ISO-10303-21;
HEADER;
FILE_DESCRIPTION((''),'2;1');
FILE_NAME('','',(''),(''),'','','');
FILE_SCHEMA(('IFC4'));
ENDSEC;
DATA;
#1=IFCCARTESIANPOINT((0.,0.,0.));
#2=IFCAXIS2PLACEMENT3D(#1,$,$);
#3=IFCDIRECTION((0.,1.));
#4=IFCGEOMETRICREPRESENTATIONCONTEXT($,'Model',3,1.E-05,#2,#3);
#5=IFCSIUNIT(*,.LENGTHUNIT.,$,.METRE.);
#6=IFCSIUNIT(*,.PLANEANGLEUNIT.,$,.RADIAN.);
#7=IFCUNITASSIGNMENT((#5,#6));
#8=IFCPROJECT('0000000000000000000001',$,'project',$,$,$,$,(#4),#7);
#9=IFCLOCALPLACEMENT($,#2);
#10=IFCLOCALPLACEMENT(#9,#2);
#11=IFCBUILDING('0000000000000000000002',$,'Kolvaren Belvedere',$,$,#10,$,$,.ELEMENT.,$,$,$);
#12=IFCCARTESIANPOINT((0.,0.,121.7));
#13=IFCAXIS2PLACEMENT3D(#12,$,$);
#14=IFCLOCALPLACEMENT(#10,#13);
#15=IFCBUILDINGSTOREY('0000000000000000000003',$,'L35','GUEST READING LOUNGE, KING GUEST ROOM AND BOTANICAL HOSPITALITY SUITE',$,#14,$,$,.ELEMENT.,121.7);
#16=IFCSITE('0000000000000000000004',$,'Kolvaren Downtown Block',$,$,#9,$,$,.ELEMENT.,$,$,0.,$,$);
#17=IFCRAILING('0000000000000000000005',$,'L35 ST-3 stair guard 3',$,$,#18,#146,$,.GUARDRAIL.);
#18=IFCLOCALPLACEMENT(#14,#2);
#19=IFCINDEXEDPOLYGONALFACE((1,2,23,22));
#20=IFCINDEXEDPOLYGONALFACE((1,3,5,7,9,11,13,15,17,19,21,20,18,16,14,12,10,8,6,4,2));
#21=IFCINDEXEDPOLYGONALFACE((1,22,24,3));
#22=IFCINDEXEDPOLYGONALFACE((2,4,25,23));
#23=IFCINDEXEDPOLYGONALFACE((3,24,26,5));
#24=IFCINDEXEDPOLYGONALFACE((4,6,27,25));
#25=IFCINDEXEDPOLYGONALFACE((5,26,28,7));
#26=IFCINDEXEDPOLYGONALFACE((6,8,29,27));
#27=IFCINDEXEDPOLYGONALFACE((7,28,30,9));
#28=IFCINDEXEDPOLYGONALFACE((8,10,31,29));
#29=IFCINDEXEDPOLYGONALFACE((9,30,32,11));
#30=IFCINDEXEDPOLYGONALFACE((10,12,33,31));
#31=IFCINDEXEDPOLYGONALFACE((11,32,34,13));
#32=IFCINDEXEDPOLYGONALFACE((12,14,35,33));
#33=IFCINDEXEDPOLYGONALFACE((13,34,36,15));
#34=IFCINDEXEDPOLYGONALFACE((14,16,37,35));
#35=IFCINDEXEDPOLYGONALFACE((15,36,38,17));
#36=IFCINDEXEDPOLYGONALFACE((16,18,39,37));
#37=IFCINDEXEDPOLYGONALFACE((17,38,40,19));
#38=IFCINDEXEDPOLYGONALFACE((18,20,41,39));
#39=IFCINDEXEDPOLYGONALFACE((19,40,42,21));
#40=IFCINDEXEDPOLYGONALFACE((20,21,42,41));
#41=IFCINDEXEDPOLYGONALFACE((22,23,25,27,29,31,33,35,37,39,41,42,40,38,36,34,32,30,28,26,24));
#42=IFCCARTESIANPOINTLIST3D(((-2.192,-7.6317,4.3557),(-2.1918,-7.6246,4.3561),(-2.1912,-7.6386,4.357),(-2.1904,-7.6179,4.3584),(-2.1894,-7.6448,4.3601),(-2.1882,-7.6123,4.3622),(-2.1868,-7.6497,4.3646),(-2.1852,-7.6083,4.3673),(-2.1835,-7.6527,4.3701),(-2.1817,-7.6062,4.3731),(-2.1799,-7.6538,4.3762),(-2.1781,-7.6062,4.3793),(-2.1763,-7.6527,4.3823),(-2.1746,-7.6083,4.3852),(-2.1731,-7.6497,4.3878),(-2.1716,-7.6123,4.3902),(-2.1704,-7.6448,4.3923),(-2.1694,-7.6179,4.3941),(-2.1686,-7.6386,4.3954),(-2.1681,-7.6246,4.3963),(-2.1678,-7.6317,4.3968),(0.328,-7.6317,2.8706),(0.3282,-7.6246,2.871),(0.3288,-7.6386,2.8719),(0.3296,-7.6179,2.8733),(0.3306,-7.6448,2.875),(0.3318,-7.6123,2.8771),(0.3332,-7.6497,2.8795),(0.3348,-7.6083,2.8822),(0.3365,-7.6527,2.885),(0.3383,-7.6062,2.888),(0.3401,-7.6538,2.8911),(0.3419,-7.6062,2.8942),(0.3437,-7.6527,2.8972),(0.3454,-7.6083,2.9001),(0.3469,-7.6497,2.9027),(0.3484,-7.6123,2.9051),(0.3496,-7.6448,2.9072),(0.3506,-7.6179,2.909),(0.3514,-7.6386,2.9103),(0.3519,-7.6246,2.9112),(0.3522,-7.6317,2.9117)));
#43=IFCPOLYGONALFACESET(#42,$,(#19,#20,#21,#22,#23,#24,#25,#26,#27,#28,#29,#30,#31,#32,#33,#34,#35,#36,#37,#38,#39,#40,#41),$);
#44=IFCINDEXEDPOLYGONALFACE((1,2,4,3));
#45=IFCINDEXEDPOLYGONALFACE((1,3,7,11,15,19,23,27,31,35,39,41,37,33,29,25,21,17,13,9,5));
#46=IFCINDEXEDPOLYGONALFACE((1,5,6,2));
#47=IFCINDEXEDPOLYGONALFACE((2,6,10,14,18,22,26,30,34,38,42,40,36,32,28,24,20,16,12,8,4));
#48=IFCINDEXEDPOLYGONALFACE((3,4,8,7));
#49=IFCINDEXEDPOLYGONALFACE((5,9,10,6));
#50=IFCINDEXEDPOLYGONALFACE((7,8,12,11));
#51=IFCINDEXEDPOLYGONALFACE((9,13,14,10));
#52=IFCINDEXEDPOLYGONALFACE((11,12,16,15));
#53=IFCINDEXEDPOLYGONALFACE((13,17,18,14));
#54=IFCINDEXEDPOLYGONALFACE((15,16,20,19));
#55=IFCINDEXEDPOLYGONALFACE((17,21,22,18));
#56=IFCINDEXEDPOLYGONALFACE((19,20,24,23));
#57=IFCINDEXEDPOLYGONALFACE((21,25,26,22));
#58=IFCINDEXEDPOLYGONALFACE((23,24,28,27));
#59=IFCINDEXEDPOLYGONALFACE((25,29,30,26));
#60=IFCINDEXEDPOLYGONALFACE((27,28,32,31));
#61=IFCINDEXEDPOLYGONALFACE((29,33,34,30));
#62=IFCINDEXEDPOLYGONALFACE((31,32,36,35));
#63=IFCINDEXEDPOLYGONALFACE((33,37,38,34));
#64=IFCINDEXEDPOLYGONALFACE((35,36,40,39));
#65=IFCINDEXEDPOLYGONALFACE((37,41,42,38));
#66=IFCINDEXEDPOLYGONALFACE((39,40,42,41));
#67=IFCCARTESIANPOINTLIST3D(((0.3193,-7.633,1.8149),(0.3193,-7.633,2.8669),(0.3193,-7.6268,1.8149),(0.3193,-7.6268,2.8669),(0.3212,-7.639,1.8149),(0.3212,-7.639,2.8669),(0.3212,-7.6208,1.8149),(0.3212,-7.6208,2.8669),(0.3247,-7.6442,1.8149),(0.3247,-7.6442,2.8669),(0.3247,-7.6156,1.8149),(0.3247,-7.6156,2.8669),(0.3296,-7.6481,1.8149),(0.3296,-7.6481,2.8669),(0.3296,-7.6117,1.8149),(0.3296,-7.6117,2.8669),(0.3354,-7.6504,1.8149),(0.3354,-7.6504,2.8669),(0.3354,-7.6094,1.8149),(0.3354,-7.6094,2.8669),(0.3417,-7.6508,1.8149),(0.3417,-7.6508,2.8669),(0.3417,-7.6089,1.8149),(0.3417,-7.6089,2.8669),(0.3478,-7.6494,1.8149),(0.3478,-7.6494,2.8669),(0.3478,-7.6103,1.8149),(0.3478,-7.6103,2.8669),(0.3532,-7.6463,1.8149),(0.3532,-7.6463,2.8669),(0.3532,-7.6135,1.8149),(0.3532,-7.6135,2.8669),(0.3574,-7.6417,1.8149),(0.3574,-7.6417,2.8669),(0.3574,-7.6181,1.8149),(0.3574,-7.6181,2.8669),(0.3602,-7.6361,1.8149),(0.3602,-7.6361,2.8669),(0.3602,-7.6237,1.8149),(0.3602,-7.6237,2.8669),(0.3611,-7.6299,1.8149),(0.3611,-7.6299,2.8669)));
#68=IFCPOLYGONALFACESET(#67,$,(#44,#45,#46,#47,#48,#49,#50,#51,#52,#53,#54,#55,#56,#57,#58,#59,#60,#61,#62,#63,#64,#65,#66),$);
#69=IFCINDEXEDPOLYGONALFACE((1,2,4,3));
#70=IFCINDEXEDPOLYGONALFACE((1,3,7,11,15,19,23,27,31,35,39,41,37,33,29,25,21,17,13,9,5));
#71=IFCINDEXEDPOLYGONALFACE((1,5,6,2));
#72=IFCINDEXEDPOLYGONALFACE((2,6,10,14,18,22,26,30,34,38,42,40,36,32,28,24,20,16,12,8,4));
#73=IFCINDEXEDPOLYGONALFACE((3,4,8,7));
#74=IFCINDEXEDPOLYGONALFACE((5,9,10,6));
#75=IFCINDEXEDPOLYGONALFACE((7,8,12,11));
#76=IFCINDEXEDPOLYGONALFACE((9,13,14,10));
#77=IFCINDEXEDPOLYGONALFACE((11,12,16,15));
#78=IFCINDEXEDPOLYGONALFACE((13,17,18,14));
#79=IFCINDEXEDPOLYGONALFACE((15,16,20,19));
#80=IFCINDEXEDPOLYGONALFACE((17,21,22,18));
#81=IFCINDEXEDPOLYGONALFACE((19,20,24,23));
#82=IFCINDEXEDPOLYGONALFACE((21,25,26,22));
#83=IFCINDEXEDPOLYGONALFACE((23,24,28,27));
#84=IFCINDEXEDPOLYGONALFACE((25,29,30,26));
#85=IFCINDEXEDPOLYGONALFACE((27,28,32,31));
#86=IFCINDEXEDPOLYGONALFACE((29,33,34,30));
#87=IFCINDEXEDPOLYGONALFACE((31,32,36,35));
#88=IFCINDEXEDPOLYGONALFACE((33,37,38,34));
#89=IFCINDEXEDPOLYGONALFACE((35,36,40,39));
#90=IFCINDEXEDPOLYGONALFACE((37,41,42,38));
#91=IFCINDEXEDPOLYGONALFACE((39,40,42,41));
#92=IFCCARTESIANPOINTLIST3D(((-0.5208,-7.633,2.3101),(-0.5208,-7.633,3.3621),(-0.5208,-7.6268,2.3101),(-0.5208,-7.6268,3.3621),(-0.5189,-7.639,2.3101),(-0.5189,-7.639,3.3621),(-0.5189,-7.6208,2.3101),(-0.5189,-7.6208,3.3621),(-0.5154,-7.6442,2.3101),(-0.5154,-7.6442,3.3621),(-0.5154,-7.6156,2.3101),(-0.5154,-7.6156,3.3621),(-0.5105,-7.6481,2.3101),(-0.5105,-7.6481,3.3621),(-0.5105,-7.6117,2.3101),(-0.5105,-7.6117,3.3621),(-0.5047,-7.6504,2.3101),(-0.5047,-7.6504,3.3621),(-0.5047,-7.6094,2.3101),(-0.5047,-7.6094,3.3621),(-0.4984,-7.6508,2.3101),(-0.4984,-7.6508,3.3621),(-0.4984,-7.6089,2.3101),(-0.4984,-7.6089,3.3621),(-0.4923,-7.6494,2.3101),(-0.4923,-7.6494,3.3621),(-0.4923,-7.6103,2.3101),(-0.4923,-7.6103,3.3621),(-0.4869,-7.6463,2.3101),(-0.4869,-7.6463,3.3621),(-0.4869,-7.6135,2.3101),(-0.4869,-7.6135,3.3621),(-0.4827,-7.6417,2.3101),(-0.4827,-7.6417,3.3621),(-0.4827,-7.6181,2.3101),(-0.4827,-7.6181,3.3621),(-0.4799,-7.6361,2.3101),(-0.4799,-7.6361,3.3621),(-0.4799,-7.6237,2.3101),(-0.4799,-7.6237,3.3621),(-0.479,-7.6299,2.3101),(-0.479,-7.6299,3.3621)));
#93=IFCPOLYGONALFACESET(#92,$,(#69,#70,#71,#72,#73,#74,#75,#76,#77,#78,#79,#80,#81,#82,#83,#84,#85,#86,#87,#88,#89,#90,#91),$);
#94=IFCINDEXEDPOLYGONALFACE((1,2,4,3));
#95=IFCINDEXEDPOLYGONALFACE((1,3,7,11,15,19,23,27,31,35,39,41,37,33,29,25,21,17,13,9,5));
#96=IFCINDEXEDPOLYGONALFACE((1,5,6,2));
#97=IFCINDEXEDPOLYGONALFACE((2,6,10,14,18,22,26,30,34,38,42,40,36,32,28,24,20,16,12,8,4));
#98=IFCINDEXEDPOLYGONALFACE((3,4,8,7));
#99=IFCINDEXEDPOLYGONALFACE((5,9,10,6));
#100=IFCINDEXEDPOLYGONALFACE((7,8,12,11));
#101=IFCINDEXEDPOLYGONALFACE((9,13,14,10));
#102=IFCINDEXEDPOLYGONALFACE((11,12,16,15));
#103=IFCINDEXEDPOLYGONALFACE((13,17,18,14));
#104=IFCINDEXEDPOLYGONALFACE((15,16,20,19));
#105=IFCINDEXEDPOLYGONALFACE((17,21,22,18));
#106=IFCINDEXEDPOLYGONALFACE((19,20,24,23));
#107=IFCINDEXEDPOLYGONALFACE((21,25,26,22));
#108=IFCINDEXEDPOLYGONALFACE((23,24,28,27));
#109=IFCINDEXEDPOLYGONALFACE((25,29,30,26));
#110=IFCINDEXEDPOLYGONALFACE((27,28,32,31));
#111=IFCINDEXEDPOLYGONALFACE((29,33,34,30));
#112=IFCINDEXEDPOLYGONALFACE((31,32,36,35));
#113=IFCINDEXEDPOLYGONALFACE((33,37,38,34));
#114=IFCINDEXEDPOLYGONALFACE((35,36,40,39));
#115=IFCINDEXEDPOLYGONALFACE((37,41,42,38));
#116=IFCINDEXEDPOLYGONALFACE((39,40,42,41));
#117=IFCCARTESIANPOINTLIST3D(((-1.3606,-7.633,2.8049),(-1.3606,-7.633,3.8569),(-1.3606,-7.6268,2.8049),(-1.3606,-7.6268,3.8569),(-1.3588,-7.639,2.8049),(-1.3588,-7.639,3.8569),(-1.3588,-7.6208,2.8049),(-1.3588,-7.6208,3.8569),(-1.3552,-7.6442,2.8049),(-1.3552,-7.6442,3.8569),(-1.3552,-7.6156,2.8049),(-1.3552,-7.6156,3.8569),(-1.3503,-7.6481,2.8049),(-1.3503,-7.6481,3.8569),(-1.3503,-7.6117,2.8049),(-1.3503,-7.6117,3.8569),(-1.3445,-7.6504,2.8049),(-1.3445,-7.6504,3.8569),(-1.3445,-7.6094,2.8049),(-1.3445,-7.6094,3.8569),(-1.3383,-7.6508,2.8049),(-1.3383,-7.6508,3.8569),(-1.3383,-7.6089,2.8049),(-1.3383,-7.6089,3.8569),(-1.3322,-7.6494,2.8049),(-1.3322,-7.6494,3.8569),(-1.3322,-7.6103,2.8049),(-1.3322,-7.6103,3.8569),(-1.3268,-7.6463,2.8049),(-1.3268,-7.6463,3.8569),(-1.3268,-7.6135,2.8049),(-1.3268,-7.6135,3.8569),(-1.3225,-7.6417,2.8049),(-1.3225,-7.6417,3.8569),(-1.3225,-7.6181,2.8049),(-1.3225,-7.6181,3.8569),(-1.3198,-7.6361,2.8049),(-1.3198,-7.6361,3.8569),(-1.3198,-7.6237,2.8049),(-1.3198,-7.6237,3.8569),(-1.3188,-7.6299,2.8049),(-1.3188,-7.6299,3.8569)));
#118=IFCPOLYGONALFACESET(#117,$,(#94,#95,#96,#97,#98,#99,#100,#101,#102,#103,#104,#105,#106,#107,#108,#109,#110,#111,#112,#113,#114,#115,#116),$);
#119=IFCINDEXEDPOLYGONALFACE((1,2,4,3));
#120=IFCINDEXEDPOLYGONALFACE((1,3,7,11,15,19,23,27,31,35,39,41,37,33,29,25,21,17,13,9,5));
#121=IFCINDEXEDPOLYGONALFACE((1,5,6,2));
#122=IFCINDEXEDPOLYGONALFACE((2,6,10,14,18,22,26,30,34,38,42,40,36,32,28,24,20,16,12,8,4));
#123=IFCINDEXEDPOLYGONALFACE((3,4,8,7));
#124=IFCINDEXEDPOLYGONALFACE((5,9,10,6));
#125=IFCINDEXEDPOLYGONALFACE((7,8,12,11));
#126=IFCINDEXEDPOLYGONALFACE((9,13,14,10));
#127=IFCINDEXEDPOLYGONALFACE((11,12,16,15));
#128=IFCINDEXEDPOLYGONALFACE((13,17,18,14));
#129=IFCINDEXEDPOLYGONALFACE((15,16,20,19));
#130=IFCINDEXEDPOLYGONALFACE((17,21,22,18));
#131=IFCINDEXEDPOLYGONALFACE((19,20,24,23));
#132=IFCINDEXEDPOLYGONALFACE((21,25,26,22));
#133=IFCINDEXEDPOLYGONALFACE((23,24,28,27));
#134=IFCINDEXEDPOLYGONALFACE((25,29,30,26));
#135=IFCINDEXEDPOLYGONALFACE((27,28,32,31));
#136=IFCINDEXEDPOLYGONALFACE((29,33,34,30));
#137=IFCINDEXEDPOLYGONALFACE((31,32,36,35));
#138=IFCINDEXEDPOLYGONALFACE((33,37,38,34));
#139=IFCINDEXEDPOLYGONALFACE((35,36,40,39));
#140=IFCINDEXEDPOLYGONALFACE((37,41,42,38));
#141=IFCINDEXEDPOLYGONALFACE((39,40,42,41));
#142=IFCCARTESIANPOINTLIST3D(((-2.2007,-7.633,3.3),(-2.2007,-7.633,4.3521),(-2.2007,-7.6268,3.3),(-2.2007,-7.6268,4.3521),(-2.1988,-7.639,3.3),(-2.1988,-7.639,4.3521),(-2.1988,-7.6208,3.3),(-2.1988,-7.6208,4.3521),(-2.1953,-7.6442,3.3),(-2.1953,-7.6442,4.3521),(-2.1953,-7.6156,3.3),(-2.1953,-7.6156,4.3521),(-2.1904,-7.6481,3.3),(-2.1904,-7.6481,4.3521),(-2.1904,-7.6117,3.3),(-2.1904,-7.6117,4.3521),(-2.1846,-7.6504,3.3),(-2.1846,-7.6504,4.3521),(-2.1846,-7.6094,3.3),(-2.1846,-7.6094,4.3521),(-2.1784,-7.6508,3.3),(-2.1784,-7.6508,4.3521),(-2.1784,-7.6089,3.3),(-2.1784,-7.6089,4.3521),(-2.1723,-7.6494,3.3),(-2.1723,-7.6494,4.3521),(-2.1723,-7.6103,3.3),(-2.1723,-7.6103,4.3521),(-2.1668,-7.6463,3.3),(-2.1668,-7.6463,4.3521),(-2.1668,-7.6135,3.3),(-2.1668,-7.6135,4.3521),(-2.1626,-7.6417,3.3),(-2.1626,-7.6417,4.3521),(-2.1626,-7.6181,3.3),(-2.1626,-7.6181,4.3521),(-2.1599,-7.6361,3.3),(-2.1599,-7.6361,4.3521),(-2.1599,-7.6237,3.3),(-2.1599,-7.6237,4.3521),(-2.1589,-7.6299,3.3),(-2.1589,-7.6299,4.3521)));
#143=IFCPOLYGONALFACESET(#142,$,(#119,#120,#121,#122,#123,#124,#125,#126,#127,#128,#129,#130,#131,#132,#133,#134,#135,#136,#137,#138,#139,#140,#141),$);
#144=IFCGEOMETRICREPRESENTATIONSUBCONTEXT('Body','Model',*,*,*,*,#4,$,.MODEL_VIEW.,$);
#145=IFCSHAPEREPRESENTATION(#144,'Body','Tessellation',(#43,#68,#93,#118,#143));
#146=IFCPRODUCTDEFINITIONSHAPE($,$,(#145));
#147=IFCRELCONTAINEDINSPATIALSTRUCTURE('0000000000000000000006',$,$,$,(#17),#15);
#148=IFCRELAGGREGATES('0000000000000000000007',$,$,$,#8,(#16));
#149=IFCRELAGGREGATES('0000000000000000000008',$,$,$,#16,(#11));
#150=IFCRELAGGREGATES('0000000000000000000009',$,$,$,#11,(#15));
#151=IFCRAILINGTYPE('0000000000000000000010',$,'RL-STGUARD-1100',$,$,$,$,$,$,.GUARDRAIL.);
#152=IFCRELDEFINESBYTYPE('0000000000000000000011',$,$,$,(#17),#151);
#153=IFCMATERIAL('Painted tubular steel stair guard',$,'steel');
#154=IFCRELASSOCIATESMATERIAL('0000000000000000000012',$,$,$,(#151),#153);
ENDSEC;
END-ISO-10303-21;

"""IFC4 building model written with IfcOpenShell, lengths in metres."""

from ifc_helpers import new_model, si_unit, direction, frame, origin, origin_2d, place, context, subcontext, project, spatial, circle, extrude, material, type_object, element, save


model = new_model("IFC4")

# Units and contexts
model_context = context("Model", 3, precision=1e-05, world=origin(), true_north=direction((0.0, 1.0)))
body_context = subcontext(model_context, "Body", "Model", "MODEL_VIEW")
ifc_project = project(units=[si_unit("LENGTHUNIT", "METRE"), si_unit("PLANEANGLEUNIT", "RADIAN")], contexts=[model_context])

# Site, building, storey
site_placement = place(None, origin())
site = spatial("IfcSite", under=ifc_project, at=site_placement, Name="Kolvaren Downtown Block", CompositionType="ELEMENT", RefElevation=0.0)
building_placement = place(site_placement, origin())
building = spatial("IfcBuilding", under=site, at=building_placement, Name="Kolvaren Belvedere", CompositionType="ELEMENT")
storey_placement = place(building_placement, frame((0.0, 0.0, 121.7)))
storey = spatial("IfcBuildingStorey", under=building, at=storey_placement, Name="L35", Description="GUEST READING LOUNGE, KING GUEST ROOM AND BOTANICAL HOSPITALITY SUITE", CompositionType="ELEMENT", Elevation=121.7)

# Railing
ifc_material_1 = material(Name="Painted tubular steel stair guard", Category="steel")
railing_type_1 = type_object("IfcRailingType", Name="RL-STGUARD-1100", PredefinedType="GUARDRAIL", material=ifc_material_1)
railing_1_placement = place(storey_placement, frame((0.3401, -7.6299, 1.8149)))
element("IfcRailing", 1, at=railing_1_placement, inside=storey, type_object=railing_type_1, Name="L35 ST-3 stair guard 3", PredefinedType="GUARDRAIL", context=body_context, shape_type="SweptSolid", body=[
    extrude(circle(Radius=0.0239, at=origin_2d()), frame((0.0, 0.0, 1.0762), z_axis=(-0.861524, 0.0, 0.507717), x_axis=(0.0, -1.0, 0.0)), (0.0, 0.0, 1.0), 2.925),
    extrude(circle(Radius=0.021, at=origin_2d()), origin(), (0.0, 0.0, 1.0), 1.052),
    extrude(circle(Radius=0.021, at=origin_2d()), frame((-0.8401, 0.0, 0.4951)), (0.0, 0.0, 1.0), 1.052),
    extrude(circle(Radius=0.021, at=origin_2d()), frame((-1.6799, 0.0, 0.99)), (0.0, 0.0, 1.0), 1.052),
    extrude(circle(Radius=0.021, at=origin_2d()), frame((-2.52, 0.0, 1.4851)), (0.0, 0.0, 1.0), 1.052),
])

save(model, "model.ifc")
